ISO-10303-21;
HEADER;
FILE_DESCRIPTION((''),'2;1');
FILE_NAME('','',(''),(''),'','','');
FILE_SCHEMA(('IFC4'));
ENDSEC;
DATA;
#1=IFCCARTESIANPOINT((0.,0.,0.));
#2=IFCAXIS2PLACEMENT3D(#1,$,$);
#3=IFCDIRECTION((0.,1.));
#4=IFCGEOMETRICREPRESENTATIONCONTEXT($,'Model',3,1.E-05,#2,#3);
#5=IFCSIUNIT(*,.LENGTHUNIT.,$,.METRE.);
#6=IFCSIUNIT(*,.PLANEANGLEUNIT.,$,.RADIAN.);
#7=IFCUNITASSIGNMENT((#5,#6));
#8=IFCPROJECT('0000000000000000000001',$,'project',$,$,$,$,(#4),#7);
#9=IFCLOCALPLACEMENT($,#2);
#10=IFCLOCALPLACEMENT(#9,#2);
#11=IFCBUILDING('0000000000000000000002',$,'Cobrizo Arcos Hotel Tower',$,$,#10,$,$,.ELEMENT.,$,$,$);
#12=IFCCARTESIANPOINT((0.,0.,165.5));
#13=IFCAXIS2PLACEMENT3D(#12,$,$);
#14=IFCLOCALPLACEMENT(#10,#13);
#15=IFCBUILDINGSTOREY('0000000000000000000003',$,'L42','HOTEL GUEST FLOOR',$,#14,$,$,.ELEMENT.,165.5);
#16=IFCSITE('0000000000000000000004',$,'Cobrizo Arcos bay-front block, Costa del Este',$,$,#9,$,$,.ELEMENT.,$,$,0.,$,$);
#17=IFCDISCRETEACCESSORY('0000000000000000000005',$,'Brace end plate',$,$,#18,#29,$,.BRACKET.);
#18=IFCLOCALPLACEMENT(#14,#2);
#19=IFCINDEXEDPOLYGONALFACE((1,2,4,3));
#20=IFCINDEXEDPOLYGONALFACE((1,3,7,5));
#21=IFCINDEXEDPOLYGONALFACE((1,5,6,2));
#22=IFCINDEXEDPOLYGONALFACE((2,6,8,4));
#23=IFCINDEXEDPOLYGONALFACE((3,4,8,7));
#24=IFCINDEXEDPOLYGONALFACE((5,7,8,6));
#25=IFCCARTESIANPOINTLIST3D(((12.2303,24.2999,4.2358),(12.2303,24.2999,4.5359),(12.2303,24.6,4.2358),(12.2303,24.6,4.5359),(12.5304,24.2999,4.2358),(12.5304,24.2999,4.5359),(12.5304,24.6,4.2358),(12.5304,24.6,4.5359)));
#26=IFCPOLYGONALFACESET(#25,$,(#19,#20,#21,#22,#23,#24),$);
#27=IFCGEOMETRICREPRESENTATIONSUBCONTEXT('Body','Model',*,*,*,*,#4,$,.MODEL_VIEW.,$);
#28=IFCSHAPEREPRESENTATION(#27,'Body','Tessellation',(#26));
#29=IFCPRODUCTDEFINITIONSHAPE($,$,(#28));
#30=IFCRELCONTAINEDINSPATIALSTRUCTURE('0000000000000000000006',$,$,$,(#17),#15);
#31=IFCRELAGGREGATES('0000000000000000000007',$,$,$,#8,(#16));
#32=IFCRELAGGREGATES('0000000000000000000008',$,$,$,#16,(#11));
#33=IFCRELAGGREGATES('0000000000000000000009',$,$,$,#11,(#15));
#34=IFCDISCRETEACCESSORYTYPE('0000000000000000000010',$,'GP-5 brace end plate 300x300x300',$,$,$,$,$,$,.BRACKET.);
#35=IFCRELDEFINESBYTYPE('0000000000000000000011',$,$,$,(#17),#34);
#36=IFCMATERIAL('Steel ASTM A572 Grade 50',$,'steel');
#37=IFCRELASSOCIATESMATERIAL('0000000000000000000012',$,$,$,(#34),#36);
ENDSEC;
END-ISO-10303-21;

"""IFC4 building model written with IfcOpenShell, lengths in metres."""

from ifc_helpers import new_model, si_unit, direction, frame, origin, origin_2d, place, context, subcontext, project, spatial, rectangle, extrude, material, type_object, element, save


model = new_model("IFC4")

# Units and contexts
model_context = context("Model", 3, precision=1e-05, world=origin(), true_north=direction((0.0, 1.0)))
body_context = subcontext(model_context, "Body", "Model", "MODEL_VIEW")
ifc_project = project(units=[si_unit("LENGTHUNIT", "METRE"), si_unit("PLANEANGLEUNIT", "RADIAN")], contexts=[model_context])

# Site, building, storey
site_placement = place(None, origin())
site = spatial("IfcSite", under=ifc_project, at=site_placement, Name="Cobrizo Arcos bay-front block, Costa del Este", CompositionType="ELEMENT", RefElevation=0.0)
building_placement = place(site_placement, origin())
building = spatial("IfcBuilding", under=site, at=building_placement, Name="Cobrizo Arcos Hotel Tower", CompositionType="ELEMENT")
storey_placement = place(building_placement, frame((0.0, 0.0, 165.5)))
storey = spatial("IfcBuildingStorey", under=building, at=storey_placement, Name="L42", Description="HOTEL GUEST FLOOR", CompositionType="ELEMENT", Elevation=165.5)

# Shared definitions
ifc_material_1 = material(Name="Steel ASTM A572 Grade 50", Category="steel")

# Discrete accessory
discrete_accessory_type_1 = type_object("IfcDiscreteAccessoryType", Name="GP-5 brace end plate 300x300x300", PredefinedType="BRACKET", material=ifc_material_1)
for number, where, z_axis, x_axis, name in (
    (1, (12.3804, 24.45, 4.2358), (0.0, 0.0, 1.0), (1.0, 0.0, 0.0), "Brace end plate"),
):
    element("IfcDiscreteAccessory", number, at=place(storey_placement, frame(where, z_axis=z_axis, x_axis=x_axis)), inside=storey, type_object=discrete_accessory_type_1, Name=name, PredefinedType="BRACKET", context=body_context, shape_type="SweptSolid", body=[
        extrude(rectangle(XDim=0.3, YDim=0.3, at=origin_2d()), origin(), (0.0, 0.0, 1.0), 0.3),
    ])

save(model, "model.ifc")
